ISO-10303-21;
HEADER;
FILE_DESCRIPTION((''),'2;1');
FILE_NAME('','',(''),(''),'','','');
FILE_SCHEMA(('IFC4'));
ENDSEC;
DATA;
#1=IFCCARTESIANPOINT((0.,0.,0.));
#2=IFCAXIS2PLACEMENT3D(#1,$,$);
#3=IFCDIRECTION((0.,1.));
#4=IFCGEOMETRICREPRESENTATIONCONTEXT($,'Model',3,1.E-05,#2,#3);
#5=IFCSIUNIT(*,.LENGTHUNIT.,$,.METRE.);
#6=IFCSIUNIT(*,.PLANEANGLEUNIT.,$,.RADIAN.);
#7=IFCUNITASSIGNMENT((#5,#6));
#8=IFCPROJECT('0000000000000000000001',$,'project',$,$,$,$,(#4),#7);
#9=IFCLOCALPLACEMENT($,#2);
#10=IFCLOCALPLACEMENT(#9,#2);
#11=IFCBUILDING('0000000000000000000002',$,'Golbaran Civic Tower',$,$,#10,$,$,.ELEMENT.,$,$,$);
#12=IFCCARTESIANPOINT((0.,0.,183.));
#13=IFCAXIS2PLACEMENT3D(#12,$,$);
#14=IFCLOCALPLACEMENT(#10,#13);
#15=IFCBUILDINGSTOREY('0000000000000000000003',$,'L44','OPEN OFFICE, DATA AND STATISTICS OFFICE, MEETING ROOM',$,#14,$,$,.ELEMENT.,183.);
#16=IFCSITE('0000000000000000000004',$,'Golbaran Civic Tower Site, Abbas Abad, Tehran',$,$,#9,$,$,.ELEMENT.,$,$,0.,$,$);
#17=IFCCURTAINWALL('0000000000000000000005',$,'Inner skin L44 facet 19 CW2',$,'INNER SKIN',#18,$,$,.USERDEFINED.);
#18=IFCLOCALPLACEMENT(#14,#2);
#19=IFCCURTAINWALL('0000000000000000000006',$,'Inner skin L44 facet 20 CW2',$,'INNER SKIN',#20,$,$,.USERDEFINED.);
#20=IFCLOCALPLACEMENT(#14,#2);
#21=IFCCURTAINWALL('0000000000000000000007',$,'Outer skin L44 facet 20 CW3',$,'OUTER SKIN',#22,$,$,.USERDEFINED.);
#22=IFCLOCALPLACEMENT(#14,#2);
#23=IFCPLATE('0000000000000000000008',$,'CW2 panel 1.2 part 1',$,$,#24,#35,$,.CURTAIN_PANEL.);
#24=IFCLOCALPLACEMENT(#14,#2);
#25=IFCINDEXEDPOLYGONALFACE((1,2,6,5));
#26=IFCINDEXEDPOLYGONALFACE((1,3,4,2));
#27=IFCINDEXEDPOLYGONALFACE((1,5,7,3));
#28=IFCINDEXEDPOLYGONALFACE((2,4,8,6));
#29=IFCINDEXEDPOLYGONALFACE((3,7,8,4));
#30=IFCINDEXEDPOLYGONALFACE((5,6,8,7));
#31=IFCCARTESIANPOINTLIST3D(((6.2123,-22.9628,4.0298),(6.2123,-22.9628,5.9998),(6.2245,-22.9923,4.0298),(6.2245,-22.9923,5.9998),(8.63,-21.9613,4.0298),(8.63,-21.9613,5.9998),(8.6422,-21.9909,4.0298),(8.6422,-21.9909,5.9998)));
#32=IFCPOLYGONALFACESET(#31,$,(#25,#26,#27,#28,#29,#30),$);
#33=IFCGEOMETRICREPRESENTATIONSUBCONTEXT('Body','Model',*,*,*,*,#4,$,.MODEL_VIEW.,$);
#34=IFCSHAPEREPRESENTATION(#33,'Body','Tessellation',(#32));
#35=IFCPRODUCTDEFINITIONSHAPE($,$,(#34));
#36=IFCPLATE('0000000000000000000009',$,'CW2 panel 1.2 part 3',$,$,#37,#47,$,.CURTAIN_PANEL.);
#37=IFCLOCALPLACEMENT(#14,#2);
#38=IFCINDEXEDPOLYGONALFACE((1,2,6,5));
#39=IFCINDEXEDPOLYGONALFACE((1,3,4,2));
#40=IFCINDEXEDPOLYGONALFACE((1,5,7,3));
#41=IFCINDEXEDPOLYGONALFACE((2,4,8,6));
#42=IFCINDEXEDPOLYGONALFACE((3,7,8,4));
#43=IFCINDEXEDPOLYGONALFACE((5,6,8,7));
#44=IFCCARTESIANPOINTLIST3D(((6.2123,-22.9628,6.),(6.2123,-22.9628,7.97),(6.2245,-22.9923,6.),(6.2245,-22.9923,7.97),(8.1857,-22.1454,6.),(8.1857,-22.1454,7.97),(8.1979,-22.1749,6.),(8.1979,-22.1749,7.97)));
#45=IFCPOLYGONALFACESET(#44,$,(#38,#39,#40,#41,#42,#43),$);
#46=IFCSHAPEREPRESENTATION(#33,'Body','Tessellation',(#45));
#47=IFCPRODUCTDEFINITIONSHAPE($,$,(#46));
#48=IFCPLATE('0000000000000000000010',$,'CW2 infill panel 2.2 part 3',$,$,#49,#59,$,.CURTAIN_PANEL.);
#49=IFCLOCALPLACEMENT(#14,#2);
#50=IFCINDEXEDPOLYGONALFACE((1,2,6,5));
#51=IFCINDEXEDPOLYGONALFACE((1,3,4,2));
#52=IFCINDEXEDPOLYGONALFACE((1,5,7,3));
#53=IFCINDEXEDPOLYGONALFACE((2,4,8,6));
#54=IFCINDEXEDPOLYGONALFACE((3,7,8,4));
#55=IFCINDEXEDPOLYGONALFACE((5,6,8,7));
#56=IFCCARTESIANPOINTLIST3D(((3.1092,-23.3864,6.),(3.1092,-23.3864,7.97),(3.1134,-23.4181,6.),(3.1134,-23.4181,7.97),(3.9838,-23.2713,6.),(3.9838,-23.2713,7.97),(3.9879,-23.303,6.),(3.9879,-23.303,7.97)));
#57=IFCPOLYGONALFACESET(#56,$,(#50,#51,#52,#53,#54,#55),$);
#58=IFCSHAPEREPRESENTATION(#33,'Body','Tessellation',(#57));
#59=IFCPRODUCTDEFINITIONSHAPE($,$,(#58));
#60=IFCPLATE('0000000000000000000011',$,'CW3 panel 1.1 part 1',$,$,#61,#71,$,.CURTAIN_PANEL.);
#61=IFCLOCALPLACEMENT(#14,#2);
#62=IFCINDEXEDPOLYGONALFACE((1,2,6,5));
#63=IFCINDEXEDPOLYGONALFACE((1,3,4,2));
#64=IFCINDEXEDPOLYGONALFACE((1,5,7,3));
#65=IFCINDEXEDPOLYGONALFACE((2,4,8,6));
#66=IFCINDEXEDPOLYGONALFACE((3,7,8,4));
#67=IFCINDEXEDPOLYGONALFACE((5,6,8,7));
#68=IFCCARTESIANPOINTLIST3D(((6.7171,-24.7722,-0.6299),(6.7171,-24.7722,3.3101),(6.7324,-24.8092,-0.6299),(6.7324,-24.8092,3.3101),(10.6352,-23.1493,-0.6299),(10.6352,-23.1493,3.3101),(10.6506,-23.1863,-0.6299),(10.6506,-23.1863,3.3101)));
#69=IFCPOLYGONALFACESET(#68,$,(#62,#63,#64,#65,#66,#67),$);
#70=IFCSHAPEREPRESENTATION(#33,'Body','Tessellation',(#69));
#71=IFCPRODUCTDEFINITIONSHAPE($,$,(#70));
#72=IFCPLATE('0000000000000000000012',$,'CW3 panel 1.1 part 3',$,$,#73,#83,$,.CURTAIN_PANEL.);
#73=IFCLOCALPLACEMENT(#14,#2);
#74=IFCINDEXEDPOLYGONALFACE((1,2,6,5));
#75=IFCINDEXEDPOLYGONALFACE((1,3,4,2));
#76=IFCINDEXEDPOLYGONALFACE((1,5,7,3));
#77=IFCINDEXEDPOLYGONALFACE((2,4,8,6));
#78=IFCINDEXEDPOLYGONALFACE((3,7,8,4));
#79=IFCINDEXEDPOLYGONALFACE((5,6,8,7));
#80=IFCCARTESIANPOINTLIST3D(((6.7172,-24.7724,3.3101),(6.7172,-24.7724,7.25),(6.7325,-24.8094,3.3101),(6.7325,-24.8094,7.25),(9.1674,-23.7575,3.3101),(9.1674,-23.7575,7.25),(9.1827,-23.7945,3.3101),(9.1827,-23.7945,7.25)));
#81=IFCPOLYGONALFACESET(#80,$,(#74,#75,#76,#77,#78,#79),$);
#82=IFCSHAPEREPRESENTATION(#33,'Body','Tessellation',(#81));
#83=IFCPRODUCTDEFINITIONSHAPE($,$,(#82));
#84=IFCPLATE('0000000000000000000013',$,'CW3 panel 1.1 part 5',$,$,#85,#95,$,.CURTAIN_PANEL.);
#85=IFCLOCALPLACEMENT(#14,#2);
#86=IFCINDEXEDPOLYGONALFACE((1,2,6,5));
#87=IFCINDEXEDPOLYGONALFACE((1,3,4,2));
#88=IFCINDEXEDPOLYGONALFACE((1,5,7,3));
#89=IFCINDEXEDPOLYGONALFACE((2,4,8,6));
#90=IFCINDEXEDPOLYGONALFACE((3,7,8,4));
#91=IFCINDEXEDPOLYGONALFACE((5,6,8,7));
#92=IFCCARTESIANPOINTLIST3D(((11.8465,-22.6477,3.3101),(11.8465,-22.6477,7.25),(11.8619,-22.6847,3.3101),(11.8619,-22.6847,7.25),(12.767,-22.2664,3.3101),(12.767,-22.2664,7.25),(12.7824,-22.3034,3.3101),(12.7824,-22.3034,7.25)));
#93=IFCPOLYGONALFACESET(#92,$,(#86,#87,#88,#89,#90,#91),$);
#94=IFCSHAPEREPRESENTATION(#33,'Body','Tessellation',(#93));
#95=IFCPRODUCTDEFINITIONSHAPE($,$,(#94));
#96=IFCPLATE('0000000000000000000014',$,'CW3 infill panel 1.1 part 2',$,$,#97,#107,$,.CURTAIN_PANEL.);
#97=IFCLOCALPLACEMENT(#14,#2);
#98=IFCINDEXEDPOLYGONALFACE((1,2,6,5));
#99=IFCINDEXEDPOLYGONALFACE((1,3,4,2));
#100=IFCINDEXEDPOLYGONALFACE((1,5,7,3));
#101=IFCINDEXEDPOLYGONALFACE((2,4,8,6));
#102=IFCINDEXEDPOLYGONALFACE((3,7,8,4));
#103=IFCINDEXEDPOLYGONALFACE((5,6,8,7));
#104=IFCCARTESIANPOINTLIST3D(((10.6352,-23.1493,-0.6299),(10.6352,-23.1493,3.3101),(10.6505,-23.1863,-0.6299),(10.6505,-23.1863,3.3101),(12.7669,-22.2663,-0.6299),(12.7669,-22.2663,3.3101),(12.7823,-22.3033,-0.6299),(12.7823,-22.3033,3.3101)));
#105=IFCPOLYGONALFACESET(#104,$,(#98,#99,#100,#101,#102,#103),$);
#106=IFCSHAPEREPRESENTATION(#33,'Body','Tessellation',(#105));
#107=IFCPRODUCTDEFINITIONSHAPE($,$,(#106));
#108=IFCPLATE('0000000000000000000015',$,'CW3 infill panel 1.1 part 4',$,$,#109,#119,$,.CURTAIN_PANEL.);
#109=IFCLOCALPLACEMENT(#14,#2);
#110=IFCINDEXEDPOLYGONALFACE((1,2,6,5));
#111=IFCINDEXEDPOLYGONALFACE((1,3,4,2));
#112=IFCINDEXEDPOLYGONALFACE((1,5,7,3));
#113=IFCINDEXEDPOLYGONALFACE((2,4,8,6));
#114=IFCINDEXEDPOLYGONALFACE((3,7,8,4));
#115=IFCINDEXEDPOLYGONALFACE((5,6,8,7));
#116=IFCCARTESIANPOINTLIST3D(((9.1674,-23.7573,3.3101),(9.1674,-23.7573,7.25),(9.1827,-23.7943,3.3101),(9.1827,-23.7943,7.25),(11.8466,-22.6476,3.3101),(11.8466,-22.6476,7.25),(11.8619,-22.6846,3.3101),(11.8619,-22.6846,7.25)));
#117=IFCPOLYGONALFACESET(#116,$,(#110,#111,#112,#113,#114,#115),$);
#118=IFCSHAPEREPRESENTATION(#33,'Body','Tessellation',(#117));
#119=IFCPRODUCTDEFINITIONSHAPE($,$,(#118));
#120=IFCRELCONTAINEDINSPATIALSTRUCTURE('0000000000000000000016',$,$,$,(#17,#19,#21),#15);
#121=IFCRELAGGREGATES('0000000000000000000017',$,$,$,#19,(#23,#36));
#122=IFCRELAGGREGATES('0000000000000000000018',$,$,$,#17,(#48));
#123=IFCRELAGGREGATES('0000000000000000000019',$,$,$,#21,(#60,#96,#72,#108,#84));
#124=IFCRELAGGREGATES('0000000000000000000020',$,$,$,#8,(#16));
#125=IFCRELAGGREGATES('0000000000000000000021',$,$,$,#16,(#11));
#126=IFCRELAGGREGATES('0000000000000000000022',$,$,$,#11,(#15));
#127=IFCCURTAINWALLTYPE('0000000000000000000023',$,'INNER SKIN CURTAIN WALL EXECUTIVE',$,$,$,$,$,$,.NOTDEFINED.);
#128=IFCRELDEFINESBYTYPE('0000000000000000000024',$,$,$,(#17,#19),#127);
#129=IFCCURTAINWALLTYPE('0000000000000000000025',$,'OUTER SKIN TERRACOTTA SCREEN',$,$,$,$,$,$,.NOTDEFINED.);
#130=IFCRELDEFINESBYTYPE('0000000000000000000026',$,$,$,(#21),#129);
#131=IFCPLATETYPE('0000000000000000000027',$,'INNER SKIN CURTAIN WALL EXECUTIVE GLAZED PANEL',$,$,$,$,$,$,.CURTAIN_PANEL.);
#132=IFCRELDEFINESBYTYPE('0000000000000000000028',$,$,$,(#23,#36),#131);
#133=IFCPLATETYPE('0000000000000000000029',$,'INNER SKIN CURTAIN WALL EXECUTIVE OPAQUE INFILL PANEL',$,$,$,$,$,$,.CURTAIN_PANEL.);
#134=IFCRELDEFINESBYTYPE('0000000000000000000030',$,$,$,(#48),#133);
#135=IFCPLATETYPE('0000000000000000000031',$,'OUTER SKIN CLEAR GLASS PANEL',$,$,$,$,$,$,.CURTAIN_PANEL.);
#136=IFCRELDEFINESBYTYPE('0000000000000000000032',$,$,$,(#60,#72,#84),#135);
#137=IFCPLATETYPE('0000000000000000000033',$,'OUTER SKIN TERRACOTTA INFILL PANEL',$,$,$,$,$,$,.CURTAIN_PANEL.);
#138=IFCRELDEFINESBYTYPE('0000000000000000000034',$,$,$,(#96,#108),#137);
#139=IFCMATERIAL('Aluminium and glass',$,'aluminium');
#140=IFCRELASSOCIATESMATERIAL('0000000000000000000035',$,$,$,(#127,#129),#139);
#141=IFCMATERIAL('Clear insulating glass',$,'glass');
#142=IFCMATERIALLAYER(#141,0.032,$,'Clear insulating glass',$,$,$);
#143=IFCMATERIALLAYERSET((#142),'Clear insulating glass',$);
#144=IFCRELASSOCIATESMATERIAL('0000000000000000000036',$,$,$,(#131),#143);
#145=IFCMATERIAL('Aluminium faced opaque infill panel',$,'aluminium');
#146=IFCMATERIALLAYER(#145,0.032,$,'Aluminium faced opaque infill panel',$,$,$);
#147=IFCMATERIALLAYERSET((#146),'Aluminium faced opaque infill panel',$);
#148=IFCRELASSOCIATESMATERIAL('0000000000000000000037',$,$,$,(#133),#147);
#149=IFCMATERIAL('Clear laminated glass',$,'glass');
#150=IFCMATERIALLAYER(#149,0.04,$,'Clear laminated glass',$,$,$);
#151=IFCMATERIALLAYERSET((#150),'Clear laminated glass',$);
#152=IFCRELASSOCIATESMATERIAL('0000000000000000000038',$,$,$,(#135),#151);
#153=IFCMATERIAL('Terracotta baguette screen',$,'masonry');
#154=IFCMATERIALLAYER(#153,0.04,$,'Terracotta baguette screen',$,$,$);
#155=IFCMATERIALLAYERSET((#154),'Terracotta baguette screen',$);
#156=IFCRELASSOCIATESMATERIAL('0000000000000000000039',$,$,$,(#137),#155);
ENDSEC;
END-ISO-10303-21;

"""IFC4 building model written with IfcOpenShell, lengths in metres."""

from ifc_helpers import new_model, si_unit, direction, frame, origin, origin_2d, place, context, subcontext, project, spatial, rectangle, extrude, material, layer, layer_set, type_object, element, aggregate, save


model = new_model("IFC4")

# Units and contexts
model_context = context("Model", 3, precision=1e-05, world=origin(), true_north=direction((0.0, 1.0)))
body_context = subcontext(model_context, "Body", "Model", "MODEL_VIEW")
ifc_project = project(units=[si_unit("LENGTHUNIT", "METRE"), si_unit("PLANEANGLEUNIT", "RADIAN")], contexts=[model_context])

# Site, building, storey
site_placement = place(None, origin())
site = spatial("IfcSite", under=ifc_project, at=site_placement, Name="Golbaran Civic Tower Site, Abbas Abad, Tehran", CompositionType="ELEMENT", RefElevation=0.0)
building_placement = place(site_placement, origin())
building = spatial("IfcBuilding", under=site, at=building_placement, Name="Golbaran Civic Tower", CompositionType="ELEMENT")
storey_placement = place(building_placement, frame((0.0, 0.0, 183.0)))
storey = spatial("IfcBuildingStorey", under=building, at=storey_placement, Name="L44", Description="OPEN OFFICE, DATA AND STATISTICS OFFICE, MEETING ROOM", CompositionType="ELEMENT", Elevation=183.0)

# Curtain wall
ifc_material_1 = material(Name="Aluminium and glass", Category="aluminium")
curtain_wall_type_1 = type_object("IfcCurtainWallType", Name="INNER SKIN CURTAIN WALL EXECUTIVE", PredefinedType="NOTDEFINED", material=ifc_material_1)
curtain_wall_1_placement = place(storey_placement, origin())
curtain_wall_1 = element("IfcCurtainWall", 1, at=curtain_wall_1_placement, inside=storey, type_object=curtain_wall_type_1, Name="Inner skin L44 facet 19 CW2", ObjectType="INNER SKIN", PredefinedType="USERDEFINED")

# Curtain wall
curtain_wall_2_placement = place(storey_placement, origin())
curtain_wall_2 = element("IfcCurtainWall", 2, at=curtain_wall_2_placement, inside=storey, type_object=curtain_wall_type_1, Name="Inner skin L44 facet 20 CW2", ObjectType="INNER SKIN", PredefinedType="USERDEFINED")

# Shared definitions
curtain_wall_type_2 = type_object("IfcCurtainWallType", Name="OUTER SKIN TERRACOTTA SCREEN", PredefinedType="NOTDEFINED", material=ifc_material_1)

# Curtain wall
curtain_wall_3_placement = place(storey_placement, origin())
curtain_wall_3 = element("IfcCurtainWall", 3, at=curtain_wall_3_placement, inside=storey, type_object=curtain_wall_type_2, Name="Outer skin L44 facet 20 CW3", ObjectType="OUTER SKIN", PredefinedType="USERDEFINED")

# Plates
ifc_material_2 = material(Name="Clear insulating glass", Category="glass")
ifc_layer_1 = layer(ifc_material_2, 0.032, Name="Clear insulating glass")
ifc_layer_set_1 = layer_set([ifc_layer_1], Name="Clear insulating glass")
plate_type_1 = type_object("IfcPlateType", Name="INNER SKIN CURTAIN WALL EXECUTIVE GLAZED PANEL", PredefinedType="CURTAIN_PANEL", material=ifc_layer_set_1)
plate_1_placement = place(storey_placement, frame((7.4272, -22.4768, 4.0298), z_axis=(0.0, 0.0, 1.0), x_axis=(0.92388, 0.382683, 0.0)))
plate_1 = element("IfcPlate", 4, at=plate_1_placement, type_object=plate_type_1, Name="CW2 panel 1.2 part 1", PredefinedType="CURTAIN_PANEL", context=body_context, shape_type="SweptSolid", body=[
    extrude(rectangle(XDim=2.6169, YDim=0.032, at=origin_2d()), origin(), (0.0, 0.0, 1.0), 1.97),
])
plate_2_placement = place(storey_placement, frame((7.2051, -22.5688, 6.0), z_axis=(0.0, 0.0, 1.0), x_axis=(0.92388, 0.382683, 0.0)))
plate_2 = element("IfcPlate", 5, at=plate_2_placement, type_object=plate_type_1, Name="CW2 panel 1.2 part 3", PredefinedType="CURTAIN_PANEL", context=body_context, shape_type="SweptSolid", body=[
    extrude(rectangle(XDim=2.136, YDim=0.032, at=origin_2d()), origin(), (0.0, 0.0, 1.0), 1.97),
])
aggregate(curtain_wall_2, [plate_1, plate_2])
ifc_material_3 = material(Name="Aluminium faced opaque infill panel", Category="aluminium")
ifc_layer_2 = layer(ifc_material_3, 0.032, Name="Aluminium faced opaque infill panel")
ifc_layer_set_2 = layer_set([ifc_layer_2], Name="Aluminium faced opaque infill panel")
plate_type_2 = type_object("IfcPlateType", Name="INNER SKIN CURTAIN WALL EXECUTIVE OPAQUE INFILL PANEL", PredefinedType="CURTAIN_PANEL", material=ifc_layer_set_2)
plate_3_placement = place(storey_placement, frame((3.5486, -23.3447, 6.0), z_axis=(0.0, 0.0, 1.0), x_axis=(0.991445, 0.130526, 0.0)))
plate_3 = element("IfcPlate", 6, at=plate_3_placement, type_object=plate_type_2, Name="CW2 infill panel 2.2 part 3", PredefinedType="CURTAIN_PANEL", context=body_context, shape_type="SweptSolid", body=[
    extrude(rectangle(XDim=0.8821, YDim=0.032, at=origin_2d()), origin(), (0.0, 0.0, 1.0), 1.97),
])
aggregate(curtain_wall_1, [plate_3])
ifc_material_4 = material(Name="Clear laminated glass", Category="glass")
ifc_layer_3 = layer(ifc_material_4, 0.04, Name="Clear laminated glass")
ifc_layer_set_3 = layer_set([ifc_layer_3], Name="Clear laminated glass")
plate_type_3 = type_object("IfcPlateType", Name="OUTER SKIN CLEAR GLASS PANEL", PredefinedType="CURTAIN_PANEL", material=ifc_layer_set_3)
plate_4_placement = place(storey_placement, frame((8.6838, -23.9792, -0.6299), z_axis=(0.0, 0.0, 1.0), x_axis=(0.92388, 0.382683, 0.0)))
plate_4 = element("IfcPlate", 7, at=plate_4_placement, type_object=plate_type_3, Name="CW3 panel 1.1 part 1", PredefinedType="CURTAIN_PANEL", context=body_context, shape_type="SweptSolid", body=[
    extrude(rectangle(XDim=4.241, YDim=0.04, at=origin_2d()), origin(), (0.0, 0.0, 1.0), 3.9399),
])
plate_5_placement = place(storey_placement, frame((7.95, -24.2834, 3.3101), z_axis=(0.0, 0.0, 1.0), x_axis=(0.92388, 0.382683, 0.0)))
plate_5 = element("IfcPlate", 8, at=plate_5_placement, type_object=plate_type_3, Name="CW3 panel 1.1 part 3", PredefinedType="CURTAIN_PANEL", context=body_context, shape_type="SweptSolid", body=[
    extrude(rectangle(XDim=2.6521, YDim=0.04, at=origin_2d()), origin(), (0.0, 0.0, 1.0), 3.9399),
])
plate_6_placement = place(storey_placement, frame((12.3145, -22.4756, 3.3101), z_axis=(0.0, 0.0, 1.0), x_axis=(0.92388, 0.382683, 0.0)))
plate_6 = element("IfcPlate", 9, at=plate_6_placement, type_object=plate_type_3, Name="CW3 panel 1.1 part 5", PredefinedType="CURTAIN_PANEL", context=body_context, shape_type="SweptSolid", body=[
    extrude(rectangle(XDim=0.9963, YDim=0.04, at=origin_2d()), origin(), (0.0, 0.0, 1.0), 3.9399),
])
ifc_material_5 = material(Name="Terracotta baguette screen", Category="masonry")
ifc_layer_4 = layer(ifc_material_5, 0.04, Name="Terracotta baguette screen")
ifc_layer_set_4 = layer_set([ifc_layer_4], Name="Terracotta baguette screen")
plate_type_4 = type_object("IfcPlateType", Name="OUTER SKIN TERRACOTTA INFILL PANEL", PredefinedType="CURTAIN_PANEL", material=ifc_layer_set_4)
plate_7_placement = place(storey_placement, frame((11.7087, -22.7263, -0.6299), z_axis=(0.0, 0.0, 1.0), x_axis=(0.92388, 0.382683, 0.0)))
plate_7 = element("IfcPlate", 10, at=plate_7_placement, type_object=plate_type_4, Name="CW3 infill panel 1.1 part 2", PredefinedType="CURTAIN_PANEL", context=body_context, shape_type="SweptSolid", body=[
    extrude(rectangle(XDim=2.3074, YDim=0.04, at=origin_2d()), origin(), (0.0, 0.0, 1.0), 3.9399),
])
plate_8_placement = place(storey_placement, frame((10.5146, -23.2209, 3.3101), z_axis=(0.0, 0.0, 1.0), x_axis=(0.92388, 0.382683, 0.0)))
plate_8 = element("IfcPlate", 11, at=plate_8_placement, type_object=plate_type_4, Name="CW3 infill panel 1.1 part 4", PredefinedType="CURTAIN_PANEL", context=body_context, shape_type="SweptSolid", body=[
    extrude(rectangle(XDim=2.8999, YDim=0.04, at=origin_2d()), origin(), (0.0, 0.0, 1.0), 3.9399),
])
aggregate(curtain_wall_3, [plate_4, plate_7, plate_5, plate_8, plate_6])

save(model, "model.ifc")
